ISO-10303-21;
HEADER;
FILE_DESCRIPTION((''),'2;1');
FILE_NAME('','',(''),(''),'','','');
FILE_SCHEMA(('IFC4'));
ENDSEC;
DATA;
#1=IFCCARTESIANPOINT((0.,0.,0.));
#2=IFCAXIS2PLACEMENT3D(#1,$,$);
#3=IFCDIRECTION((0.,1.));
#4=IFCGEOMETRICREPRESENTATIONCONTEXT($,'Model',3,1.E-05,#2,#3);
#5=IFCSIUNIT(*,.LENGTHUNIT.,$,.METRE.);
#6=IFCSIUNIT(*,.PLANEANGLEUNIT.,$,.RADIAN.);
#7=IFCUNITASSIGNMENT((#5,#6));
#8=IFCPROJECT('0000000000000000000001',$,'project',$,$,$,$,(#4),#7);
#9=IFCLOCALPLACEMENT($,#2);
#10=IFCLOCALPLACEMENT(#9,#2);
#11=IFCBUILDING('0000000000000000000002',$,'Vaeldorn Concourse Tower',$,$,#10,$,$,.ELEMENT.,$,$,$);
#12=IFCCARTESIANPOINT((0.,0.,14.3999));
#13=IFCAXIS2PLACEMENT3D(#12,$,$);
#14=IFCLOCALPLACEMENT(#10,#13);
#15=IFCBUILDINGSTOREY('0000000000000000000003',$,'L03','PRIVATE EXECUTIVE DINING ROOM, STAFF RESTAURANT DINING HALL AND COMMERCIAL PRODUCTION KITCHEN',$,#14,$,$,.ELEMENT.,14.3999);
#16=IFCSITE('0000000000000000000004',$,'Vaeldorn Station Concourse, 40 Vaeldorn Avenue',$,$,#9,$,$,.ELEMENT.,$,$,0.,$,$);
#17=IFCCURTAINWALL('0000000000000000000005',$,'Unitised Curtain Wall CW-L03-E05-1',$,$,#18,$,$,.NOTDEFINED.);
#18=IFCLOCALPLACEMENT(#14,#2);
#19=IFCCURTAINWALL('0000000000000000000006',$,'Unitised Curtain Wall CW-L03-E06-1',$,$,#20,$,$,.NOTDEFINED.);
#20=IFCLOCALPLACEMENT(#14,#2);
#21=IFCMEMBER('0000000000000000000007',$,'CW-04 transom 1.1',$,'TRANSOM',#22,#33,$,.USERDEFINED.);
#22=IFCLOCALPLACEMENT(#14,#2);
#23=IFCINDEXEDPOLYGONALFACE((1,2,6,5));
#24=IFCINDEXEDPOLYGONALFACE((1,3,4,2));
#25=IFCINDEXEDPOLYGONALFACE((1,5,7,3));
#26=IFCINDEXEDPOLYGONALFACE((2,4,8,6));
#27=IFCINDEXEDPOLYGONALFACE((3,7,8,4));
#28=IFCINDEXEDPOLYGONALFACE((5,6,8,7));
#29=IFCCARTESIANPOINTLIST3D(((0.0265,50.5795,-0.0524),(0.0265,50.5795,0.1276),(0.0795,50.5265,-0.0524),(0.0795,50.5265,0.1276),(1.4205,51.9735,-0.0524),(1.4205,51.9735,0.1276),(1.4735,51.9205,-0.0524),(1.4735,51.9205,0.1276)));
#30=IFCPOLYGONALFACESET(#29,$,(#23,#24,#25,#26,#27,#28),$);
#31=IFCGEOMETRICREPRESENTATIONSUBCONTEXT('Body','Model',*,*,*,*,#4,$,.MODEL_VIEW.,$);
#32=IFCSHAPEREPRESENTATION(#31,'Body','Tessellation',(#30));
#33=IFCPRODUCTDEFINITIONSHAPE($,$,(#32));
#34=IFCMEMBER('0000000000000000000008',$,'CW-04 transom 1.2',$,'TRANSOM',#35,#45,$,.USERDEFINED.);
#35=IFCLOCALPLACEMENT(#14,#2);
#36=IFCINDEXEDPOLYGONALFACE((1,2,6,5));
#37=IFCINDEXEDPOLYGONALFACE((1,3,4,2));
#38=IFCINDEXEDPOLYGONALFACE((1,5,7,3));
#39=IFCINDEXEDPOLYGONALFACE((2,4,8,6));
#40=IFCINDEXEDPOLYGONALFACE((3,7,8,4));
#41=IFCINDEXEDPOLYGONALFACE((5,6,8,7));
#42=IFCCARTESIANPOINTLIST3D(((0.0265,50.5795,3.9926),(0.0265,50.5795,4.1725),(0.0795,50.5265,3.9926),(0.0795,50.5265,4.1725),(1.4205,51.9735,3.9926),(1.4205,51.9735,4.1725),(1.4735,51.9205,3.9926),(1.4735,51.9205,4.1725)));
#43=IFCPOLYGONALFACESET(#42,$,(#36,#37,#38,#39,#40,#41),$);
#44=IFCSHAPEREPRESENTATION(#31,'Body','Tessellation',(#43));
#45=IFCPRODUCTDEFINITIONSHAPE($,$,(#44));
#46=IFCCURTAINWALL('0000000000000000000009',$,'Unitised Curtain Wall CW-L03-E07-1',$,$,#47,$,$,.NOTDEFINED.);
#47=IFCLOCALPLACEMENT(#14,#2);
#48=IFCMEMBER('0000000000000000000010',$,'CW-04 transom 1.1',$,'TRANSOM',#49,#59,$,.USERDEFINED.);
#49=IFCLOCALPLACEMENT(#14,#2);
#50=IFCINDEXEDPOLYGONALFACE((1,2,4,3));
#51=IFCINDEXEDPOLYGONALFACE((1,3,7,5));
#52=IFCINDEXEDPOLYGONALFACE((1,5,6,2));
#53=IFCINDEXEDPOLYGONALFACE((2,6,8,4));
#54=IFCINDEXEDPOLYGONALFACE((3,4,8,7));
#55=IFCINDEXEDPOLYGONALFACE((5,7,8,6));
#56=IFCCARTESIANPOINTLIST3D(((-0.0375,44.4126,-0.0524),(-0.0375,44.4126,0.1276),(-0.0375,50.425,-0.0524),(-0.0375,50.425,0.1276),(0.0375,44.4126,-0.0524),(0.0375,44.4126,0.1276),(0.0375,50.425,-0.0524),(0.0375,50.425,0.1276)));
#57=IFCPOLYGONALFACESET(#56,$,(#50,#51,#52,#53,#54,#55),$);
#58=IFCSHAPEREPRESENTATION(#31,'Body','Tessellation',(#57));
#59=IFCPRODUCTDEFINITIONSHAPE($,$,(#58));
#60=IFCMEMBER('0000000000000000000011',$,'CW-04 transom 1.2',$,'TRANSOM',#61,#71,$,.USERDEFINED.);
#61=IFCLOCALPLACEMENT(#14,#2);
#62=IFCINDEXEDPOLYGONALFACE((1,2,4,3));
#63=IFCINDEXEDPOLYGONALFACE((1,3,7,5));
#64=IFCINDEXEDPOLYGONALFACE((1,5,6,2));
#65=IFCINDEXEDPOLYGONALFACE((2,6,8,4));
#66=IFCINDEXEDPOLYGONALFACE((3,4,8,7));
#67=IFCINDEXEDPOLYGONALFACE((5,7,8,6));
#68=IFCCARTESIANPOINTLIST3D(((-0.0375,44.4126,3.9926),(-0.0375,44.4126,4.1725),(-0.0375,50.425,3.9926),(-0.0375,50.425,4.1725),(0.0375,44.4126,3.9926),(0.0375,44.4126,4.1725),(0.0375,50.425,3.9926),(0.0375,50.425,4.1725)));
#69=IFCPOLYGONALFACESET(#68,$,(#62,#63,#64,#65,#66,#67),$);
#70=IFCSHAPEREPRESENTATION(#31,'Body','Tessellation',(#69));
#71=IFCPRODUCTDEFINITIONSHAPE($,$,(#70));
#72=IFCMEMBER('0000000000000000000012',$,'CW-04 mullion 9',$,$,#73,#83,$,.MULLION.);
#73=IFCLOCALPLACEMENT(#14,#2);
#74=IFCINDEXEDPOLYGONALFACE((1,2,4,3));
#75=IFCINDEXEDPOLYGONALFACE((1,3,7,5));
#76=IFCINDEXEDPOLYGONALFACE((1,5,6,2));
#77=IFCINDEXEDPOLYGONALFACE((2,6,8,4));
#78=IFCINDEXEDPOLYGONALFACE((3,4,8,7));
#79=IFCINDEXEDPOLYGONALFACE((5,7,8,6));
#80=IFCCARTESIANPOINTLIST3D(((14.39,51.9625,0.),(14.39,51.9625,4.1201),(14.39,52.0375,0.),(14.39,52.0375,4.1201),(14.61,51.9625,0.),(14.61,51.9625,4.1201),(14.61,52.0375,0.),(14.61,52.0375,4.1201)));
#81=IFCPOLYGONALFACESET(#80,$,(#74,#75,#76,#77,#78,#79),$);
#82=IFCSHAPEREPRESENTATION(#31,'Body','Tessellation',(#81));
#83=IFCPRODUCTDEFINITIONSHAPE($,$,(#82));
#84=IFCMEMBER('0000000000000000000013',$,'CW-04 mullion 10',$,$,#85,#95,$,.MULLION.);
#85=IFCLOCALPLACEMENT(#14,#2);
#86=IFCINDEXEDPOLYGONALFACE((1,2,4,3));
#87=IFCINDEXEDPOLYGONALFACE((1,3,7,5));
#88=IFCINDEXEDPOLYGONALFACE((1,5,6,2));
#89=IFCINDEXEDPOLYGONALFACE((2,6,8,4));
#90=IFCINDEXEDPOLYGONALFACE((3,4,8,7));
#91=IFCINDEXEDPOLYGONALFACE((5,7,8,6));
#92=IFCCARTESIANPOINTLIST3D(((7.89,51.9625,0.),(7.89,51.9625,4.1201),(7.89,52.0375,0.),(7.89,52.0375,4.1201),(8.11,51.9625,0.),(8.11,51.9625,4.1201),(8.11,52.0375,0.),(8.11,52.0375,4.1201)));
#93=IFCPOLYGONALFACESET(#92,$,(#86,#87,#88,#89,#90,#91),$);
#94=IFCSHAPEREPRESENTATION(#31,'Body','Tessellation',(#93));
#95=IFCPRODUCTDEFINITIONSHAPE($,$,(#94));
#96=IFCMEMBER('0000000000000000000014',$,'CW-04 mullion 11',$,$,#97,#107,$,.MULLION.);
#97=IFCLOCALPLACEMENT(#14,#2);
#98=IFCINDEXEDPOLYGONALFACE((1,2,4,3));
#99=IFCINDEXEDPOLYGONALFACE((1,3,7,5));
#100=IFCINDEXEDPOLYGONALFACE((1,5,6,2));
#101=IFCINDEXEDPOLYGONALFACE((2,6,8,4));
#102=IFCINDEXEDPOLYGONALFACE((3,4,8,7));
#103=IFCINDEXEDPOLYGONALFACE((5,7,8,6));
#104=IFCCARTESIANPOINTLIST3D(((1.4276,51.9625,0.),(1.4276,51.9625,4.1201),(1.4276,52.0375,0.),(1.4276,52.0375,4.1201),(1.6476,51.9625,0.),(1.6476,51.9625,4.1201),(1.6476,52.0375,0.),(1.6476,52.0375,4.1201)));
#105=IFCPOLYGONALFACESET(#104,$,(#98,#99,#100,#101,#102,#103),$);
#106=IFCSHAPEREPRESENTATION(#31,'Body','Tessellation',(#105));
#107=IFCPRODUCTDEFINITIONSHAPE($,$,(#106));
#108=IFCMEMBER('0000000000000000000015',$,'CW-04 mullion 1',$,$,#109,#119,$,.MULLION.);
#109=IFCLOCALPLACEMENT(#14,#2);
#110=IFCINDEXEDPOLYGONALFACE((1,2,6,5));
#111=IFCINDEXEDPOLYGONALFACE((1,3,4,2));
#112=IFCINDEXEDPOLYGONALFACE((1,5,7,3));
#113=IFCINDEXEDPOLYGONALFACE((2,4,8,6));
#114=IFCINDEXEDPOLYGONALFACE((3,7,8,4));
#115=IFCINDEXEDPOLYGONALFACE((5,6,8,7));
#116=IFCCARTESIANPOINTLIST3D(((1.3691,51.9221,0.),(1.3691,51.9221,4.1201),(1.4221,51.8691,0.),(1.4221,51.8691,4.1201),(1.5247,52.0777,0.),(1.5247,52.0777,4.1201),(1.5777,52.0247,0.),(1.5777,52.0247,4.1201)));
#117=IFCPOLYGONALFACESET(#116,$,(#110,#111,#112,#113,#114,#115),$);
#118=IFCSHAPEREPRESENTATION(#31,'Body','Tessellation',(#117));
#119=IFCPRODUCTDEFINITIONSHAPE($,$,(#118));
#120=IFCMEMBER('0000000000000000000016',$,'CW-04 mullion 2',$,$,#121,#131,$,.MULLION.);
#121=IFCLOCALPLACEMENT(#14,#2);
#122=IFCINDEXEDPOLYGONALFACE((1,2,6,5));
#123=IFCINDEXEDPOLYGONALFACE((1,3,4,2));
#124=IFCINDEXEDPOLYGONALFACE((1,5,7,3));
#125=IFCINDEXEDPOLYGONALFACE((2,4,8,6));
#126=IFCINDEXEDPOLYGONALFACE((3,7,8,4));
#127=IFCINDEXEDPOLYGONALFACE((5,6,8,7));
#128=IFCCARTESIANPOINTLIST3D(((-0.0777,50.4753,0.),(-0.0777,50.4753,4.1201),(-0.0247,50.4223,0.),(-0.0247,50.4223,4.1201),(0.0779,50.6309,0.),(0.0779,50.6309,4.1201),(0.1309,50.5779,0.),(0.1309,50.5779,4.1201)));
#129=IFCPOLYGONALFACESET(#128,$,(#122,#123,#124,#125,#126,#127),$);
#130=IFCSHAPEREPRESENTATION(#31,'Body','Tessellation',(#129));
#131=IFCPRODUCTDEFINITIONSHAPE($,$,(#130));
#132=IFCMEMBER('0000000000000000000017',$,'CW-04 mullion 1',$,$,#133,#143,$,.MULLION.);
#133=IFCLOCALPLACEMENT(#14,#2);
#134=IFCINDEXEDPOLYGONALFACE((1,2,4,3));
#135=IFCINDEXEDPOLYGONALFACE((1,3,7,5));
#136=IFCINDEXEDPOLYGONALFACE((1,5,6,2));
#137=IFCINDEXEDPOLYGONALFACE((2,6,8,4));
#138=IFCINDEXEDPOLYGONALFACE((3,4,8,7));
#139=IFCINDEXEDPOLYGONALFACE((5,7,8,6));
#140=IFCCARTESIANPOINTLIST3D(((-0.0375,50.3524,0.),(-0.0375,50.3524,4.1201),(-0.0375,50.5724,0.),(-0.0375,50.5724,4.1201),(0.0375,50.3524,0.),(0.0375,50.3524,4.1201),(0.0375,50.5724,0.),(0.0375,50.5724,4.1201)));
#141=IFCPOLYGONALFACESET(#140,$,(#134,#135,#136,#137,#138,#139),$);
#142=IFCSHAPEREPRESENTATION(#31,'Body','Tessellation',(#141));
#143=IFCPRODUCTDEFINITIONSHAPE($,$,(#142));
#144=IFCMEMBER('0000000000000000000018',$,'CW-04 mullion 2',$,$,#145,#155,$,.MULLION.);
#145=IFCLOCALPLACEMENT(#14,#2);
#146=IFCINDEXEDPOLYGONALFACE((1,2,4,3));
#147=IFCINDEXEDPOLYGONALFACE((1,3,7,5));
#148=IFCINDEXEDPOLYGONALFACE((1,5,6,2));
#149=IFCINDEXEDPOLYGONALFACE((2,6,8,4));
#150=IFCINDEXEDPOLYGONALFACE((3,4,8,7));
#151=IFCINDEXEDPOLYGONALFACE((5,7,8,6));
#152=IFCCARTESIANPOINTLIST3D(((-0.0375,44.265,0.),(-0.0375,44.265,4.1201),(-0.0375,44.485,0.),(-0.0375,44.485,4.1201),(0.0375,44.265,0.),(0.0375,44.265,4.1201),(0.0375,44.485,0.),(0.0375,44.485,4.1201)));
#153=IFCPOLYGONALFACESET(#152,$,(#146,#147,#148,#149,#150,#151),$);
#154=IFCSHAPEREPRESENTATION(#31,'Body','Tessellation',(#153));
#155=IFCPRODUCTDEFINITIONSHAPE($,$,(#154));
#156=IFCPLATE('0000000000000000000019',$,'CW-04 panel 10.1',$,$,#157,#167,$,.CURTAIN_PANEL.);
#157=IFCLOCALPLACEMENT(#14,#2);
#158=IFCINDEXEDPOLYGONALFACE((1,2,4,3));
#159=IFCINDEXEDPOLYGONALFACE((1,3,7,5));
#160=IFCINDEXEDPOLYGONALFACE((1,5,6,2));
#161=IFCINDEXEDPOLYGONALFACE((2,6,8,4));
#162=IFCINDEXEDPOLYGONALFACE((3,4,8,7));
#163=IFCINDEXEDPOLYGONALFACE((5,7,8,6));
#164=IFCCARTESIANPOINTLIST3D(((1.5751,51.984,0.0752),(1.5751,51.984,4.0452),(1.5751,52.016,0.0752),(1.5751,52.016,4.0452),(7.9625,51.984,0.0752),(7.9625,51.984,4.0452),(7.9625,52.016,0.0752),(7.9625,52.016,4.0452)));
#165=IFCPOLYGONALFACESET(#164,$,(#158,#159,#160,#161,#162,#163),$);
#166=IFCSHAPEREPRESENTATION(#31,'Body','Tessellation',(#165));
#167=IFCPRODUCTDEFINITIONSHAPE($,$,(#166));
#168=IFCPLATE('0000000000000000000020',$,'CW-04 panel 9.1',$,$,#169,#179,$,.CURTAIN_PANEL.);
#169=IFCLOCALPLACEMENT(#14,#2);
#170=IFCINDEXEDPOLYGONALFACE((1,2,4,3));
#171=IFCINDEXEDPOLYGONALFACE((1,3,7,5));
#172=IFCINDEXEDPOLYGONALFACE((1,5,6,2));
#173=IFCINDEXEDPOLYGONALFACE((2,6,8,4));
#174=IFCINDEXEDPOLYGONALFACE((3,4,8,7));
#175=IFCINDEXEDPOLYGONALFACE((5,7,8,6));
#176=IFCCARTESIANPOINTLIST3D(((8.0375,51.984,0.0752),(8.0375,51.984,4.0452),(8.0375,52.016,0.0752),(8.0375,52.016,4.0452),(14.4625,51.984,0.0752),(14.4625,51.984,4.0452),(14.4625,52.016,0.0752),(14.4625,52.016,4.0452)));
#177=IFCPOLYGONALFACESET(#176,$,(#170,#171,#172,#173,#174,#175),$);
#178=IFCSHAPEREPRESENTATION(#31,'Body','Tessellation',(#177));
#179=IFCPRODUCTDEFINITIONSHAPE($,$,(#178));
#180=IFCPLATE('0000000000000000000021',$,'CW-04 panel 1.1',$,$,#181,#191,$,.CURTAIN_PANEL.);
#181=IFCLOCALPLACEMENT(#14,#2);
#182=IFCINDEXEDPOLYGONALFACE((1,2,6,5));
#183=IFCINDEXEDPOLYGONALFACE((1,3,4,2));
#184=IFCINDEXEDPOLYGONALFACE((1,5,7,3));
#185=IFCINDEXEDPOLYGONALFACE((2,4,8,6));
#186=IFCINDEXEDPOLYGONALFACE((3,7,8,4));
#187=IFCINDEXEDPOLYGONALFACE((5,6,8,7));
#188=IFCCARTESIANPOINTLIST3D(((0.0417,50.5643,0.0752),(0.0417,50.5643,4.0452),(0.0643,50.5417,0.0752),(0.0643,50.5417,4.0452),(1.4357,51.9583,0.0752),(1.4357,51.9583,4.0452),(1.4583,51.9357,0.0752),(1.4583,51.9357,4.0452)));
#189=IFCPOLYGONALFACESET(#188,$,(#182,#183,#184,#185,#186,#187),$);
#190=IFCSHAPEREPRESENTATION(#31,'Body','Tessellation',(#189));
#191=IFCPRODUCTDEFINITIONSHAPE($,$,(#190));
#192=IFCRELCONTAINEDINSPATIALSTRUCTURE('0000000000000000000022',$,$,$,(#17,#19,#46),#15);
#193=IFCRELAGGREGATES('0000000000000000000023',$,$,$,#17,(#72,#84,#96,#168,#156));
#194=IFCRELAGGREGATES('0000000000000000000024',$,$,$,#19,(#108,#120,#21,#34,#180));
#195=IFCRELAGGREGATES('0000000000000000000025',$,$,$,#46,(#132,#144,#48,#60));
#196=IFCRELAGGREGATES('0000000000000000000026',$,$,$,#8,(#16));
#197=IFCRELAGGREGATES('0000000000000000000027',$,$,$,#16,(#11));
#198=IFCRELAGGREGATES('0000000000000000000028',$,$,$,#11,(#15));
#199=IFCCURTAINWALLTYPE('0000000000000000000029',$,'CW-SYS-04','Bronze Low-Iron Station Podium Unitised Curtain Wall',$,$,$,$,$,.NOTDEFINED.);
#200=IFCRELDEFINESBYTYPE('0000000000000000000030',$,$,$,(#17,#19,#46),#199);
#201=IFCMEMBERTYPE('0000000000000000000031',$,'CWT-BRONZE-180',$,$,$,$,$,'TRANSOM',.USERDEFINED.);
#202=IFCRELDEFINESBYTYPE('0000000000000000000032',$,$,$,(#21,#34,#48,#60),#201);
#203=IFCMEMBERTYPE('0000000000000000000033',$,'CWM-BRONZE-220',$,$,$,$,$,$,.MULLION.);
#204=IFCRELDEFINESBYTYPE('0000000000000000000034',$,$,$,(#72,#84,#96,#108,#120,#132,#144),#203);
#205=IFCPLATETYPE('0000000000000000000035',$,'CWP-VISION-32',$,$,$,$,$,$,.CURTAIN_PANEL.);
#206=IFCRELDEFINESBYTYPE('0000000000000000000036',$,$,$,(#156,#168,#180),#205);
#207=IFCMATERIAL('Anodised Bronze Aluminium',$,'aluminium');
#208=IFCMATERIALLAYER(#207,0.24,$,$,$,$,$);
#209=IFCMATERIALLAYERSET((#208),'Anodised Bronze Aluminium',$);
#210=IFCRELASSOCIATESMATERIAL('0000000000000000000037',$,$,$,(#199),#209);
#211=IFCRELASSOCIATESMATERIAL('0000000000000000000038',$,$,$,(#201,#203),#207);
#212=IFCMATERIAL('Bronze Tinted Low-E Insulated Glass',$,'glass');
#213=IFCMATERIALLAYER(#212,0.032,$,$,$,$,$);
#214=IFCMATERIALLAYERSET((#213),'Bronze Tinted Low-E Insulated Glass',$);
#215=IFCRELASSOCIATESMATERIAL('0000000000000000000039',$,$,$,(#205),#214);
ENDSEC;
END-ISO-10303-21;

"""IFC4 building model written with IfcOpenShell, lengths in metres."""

from ifc_helpers import new_model, si_unit, direction, frame, origin, origin_2d, place, context, subcontext, project, spatial, rectangle, extrude, source, transform, mapped, material, layer, layer_set, material_profile, profile_set, type_object, element, aggregate, save


model = new_model("IFC4")

# Units and contexts
model_context = context("Model", 3, precision=1e-05, world=origin(), true_north=direction((0.0, 1.0)))
body_context = subcontext(model_context, "Body", "Model", "MODEL_VIEW")
ifc_project = project(units=[si_unit("LENGTHUNIT", "METRE"), si_unit("PLANEANGLEUNIT", "RADIAN")], contexts=[model_context])

# Site, building, storey
site_placement = place(None, origin())
site = spatial("IfcSite", under=ifc_project, at=site_placement, Name="Vaeldorn Station Concourse, 40 Vaeldorn Avenue", CompositionType="ELEMENT", RefElevation=0.0)
building_placement = place(site_placement, origin())
building = spatial("IfcBuilding", under=site, at=building_placement, Name="Vaeldorn Concourse Tower", CompositionType="ELEMENT")
storey_placement = place(building_placement, frame((0.0, 0.0, 14.3999)))
storey = spatial("IfcBuildingStorey", under=building, at=storey_placement, Name="L03", Description="PRIVATE EXECUTIVE DINING ROOM, STAFF RESTAURANT DINING HALL AND COMMERCIAL PRODUCTION KITCHEN", CompositionType="ELEMENT", Elevation=14.3999)

# Curtain walls, members
ifc_material_1 = material(Name="Anodised Bronze Aluminium", Category="aluminium")
ifc_layer_1 = layer(ifc_material_1, 0.24)
ifc_layer_set_1 = layer_set([ifc_layer_1], Name="Anodised Bronze Aluminium")
curtain_wall_type = type_object("IfcCurtainWallType", Name="CW-SYS-04", Description="Bronze Low-Iron Station Podium Unitised Curtain Wall", PredefinedType="NOTDEFINED", material=ifc_layer_set_1)
curtain_wall_1_placement = place(storey_placement, origin())
curtain_wall_1 = element("IfcCurtainWall", 1, at=curtain_wall_1_placement, inside=storey, type_object=curtain_wall_type, Name="Unitised Curtain Wall CW-L03-E05-1", PredefinedType="NOTDEFINED")
ifc_material_profile_1 = material_profile(ifc_material_1, rectangle(XDim=0.075, YDim=0.1799, at=origin_2d()), Name="CWT 75x180")
ifc_profile_set_1 = profile_set([ifc_material_profile_1], Name="Anodised Bronze Aluminium")
member_type_1 = type_object("IfcMemberType", Name="CWT-BRONZE-180", ElementType="TRANSOM", PredefinedType="USERDEFINED", material=ifc_profile_set_1)
curtain_wall_2_placement = place(storey_placement, origin())
curtain_wall_2 = element("IfcCurtainWall", 2, at=curtain_wall_2_placement, inside=storey, type_object=curtain_wall_type, Name="Unitised Curtain Wall CW-L03-E06-1", PredefinedType="NOTDEFINED")
shared_shape_1 = source(origin(), body_context, "Body", "SweptSolid", [
    extrude(rectangle(XDim=0.075, YDim=0.1799, at=origin_2d()), origin(), (0.0, 0.0, 1.0), 1.9714),
])
member_1_placement = place(storey_placement, frame((1.447, 51.947, 0.0376), z_axis=(-0.707107, -0.707107, 0.0), x_axis=(0.707107, -0.707107, 0.0)))
member_1 = element("IfcMember", 3, at=member_1_placement, type_object=member_type_1, Name="CW-04 transom 1.1", ObjectType="TRANSOM", PredefinedType="USERDEFINED", context=body_context, shape_type="MappedRepresentation", body=[
    mapped(shared_shape_1, transform((0.0, 0.0, 0.0), scale=1.0)),
])
member_2_placement = place(storey_placement, frame((1.447, 51.947, 4.0825), z_axis=(-0.707107, -0.707107, 0.0), x_axis=(0.707107, -0.707107, 0.0)))
member_2 = element("IfcMember", 4, at=member_2_placement, type_object=member_type_1, Name="CW-04 transom 1.2", ObjectType="TRANSOM", PredefinedType="USERDEFINED", context=body_context, shape_type="MappedRepresentation", body=[
    mapped(shared_shape_1, transform((0.0, 0.0, 0.0), scale=1.0)),
])
curtain_wall_3_placement = place(storey_placement, origin())
curtain_wall_3 = element("IfcCurtainWall", 5, at=curtain_wall_3_placement, inside=storey, type_object=curtain_wall_type, Name="Unitised Curtain Wall CW-L03-E07-1", PredefinedType="NOTDEFINED")
shared_shape_2 = source(origin(), body_context, "Body", "SweptSolid", [
    extrude(rectangle(XDim=0.075, YDim=0.1799, at=origin_2d()), origin(), (0.0, 0.0, 1.0), 6.0125),
])
member_3_placement = place(storey_placement, frame((0.0, 50.425, 0.0376), z_axis=(0.0, -1.0, 0.0), x_axis=(1.0, 0.0, 0.0)))
member_3 = element("IfcMember", 6, at=member_3_placement, type_object=member_type_1, Name="CW-04 transom 1.1", ObjectType="TRANSOM", PredefinedType="USERDEFINED", context=body_context, shape_type="MappedRepresentation", body=[
    mapped(shared_shape_2, transform((0.0, 0.0, 0.0), scale=1.0)),
])
member_4_placement = place(storey_placement, frame((0.0, 50.425, 4.0825), z_axis=(0.0, -1.0, 0.0), x_axis=(1.0, 0.0, 0.0)))
member_4 = element("IfcMember", 7, at=member_4_placement, type_object=member_type_1, Name="CW-04 transom 1.2", ObjectType="TRANSOM", PredefinedType="USERDEFINED", context=body_context, shape_type="MappedRepresentation", body=[
    mapped(shared_shape_2, transform((0.0, 0.0, 0.0), scale=1.0)),
])

# Members
ifc_material_profile_2 = material_profile(ifc_material_1, rectangle(XDim=0.075, YDim=0.22, at=origin_2d()), Name="CWM 75x220")
ifc_profile_set_2 = profile_set([ifc_material_profile_2], Name="Anodised Bronze Aluminium")
member_type_2 = type_object("IfcMemberType", Name="CWM-BRONZE-220", PredefinedType="MULLION", material=ifc_profile_set_2)
shared_shape_3 = source(origin(), body_context, "Body", "SweptSolid", [
    extrude(rectangle(XDim=0.075, YDim=0.22, at=origin_2d()), origin(), (0.0, 0.0, 1.0), 4.1201),
])
member_5_placement = place(storey_placement, frame((14.5, 52.0, 0.0), z_axis=(0.0, 0.0, 1.0), x_axis=(0.0, -1.0, 0.0)))
member_5 = element("IfcMember", 8, at=member_5_placement, type_object=member_type_2, Name="CW-04 mullion 9", PredefinedType="MULLION", context=body_context, shape_type="MappedRepresentation", body=[
    mapped(shared_shape_3, transform((0.0, 0.0, 0.0), scale=1.0)),
])
member_6_placement = place(storey_placement, frame((8.0, 52.0, 0.0), z_axis=(0.0, 0.0, 1.0), x_axis=(0.0, -1.0, 0.0)))
member_6 = element("IfcMember", 9, at=member_6_placement, type_object=member_type_2, Name="CW-04 mullion 10", PredefinedType="MULLION", context=body_context, shape_type="MappedRepresentation", body=[
    mapped(shared_shape_3, transform((0.0, 0.0, 0.0), scale=1.0)),
])
member_7_placement = place(storey_placement, frame((1.5376, 52.0, 0.0), z_axis=(0.0, 0.0, 1.0), x_axis=(0.0, -1.0, 0.0)))
member_7 = element("IfcMember", 10, at=member_7_placement, type_object=member_type_2, Name="CW-04 mullion 11", PredefinedType="MULLION", context=body_context, shape_type="MappedRepresentation", body=[
    mapped(shared_shape_3, transform((0.0, 0.0, 0.0), scale=1.0)),
])
member_8_placement = place(storey_placement, frame((1.4734, 51.9734, 0.0), z_axis=(0.0, 0.0, 1.0), x_axis=(0.707107, -0.707107, 0.0)))
member_8 = element("IfcMember", 11, at=member_8_placement, type_object=member_type_2, Name="CW-04 mullion 1", PredefinedType="MULLION", context=body_context, shape_type="MappedRepresentation", body=[
    mapped(shared_shape_3, transform((0.0, 0.0, 0.0), scale=1.0)),
])
member_9_placement = place(storey_placement, frame((0.0266, 50.5266, 0.0), z_axis=(0.0, 0.0, 1.0), x_axis=(0.707107, -0.707107, 0.0)))
member_9 = element("IfcMember", 12, at=member_9_placement, type_object=member_type_2, Name="CW-04 mullion 2", PredefinedType="MULLION", context=body_context, shape_type="MappedRepresentation", body=[
    mapped(shared_shape_3, transform((0.0, 0.0, 0.0), scale=1.0)),
])
member_10_placement = place(storey_placement, frame((0.0, 50.4624, 0.0), z_axis=(0.0, 0.0, 1.0), x_axis=(1.0, 0.0, 0.0)))
member_10 = element("IfcMember", 13, at=member_10_placement, type_object=member_type_2, Name="CW-04 mullion 1", PredefinedType="MULLION", context=body_context, shape_type="MappedRepresentation", body=[
    mapped(shared_shape_3, transform((0.0, 0.0, 0.0), scale=1.0)),
])
member_11_placement = place(storey_placement, frame((0.0, 44.375, 0.0), z_axis=(0.0, 0.0, 1.0), x_axis=(1.0, 0.0, 0.0)))
member_11 = element("IfcMember", 14, at=member_11_placement, type_object=member_type_2, Name="CW-04 mullion 2", PredefinedType="MULLION", context=body_context, shape_type="MappedRepresentation", body=[
    mapped(shared_shape_3, transform((0.0, 0.0, 0.0), scale=1.0)),
])

# Plates
ifc_material_2 = material(Name="Bronze Tinted Low-E Insulated Glass", Category="glass")
ifc_layer_2 = layer(ifc_material_2, 0.032)
ifc_layer_set_2 = layer_set([ifc_layer_2], Name="Bronze Tinted Low-E Insulated Glass")
plate_type = type_object("IfcPlateType", Name="CWP-VISION-32", PredefinedType="CURTAIN_PANEL", material=ifc_layer_set_2)
shared_shape_4 = source(origin(), body_context, "Body", "SweptSolid", [
    extrude(rectangle(XDim=6.3875, YDim=0.032, at=origin_2d()), origin(), (0.0, 0.0, 1.0), 3.97),
])
plate_1_placement = place(storey_placement, frame((4.7688, 52.0, 0.0752), z_axis=(0.0, 0.0, 1.0), x_axis=(-1.0, 0.0, 0.0)))
plate_1 = element("IfcPlate", 15, at=plate_1_placement, type_object=plate_type, Name="CW-04 panel 10.1", PredefinedType="CURTAIN_PANEL", context=body_context, shape_type="MappedRepresentation", body=[
    mapped(shared_shape_4, transform((0.0, 0.0, 0.0), scale=1.0)),
])
shared_shape_5 = source(origin(), body_context, "Body", "SweptSolid", [
    extrude(rectangle(XDim=6.425, YDim=0.032, at=origin_2d()), origin(), (0.0, 0.0, 1.0), 3.97),
])
plate_2_placement = place(storey_placement, frame((11.25, 52.0, 0.0752), z_axis=(0.0, 0.0, 1.0), x_axis=(-1.0, 0.0, 0.0)))
plate_2 = element("IfcPlate", 16, at=plate_2_placement, type_object=plate_type, Name="CW-04 panel 9.1", PredefinedType="CURTAIN_PANEL", context=body_context, shape_type="MappedRepresentation", body=[
    mapped(shared_shape_5, transform((0.0, 0.0, 0.0), scale=1.0)),
])
aggregate(curtain_wall_1, [member_5, member_6, member_7, plate_2, plate_1])
shared_shape_6 = source(origin(), body_context, "Body", "SweptSolid", [
    extrude(rectangle(XDim=1.9714, YDim=0.032, at=origin_2d()), origin(), (0.0, 0.0, 1.0), 3.97),
])
plate_3_placement = place(storey_placement, frame((0.75, 51.25, 0.0752), z_axis=(0.0, 0.0, 1.0), x_axis=(-0.707107, -0.707107, 0.0)))
plate_3 = element("IfcPlate", 17, at=plate_3_placement, type_object=plate_type, Name="CW-04 panel 1.1", PredefinedType="CURTAIN_PANEL", context=body_context, shape_type="MappedRepresentation", body=[
    mapped(shared_shape_6, transform((0.0, 0.0, 0.0), scale=1.0)),
])
aggregate(curtain_wall_2, [member_8, member_9, member_1, member_2, plate_3])
aggregate(curtain_wall_3, [member_10, member_11, member_3, member_4])

save(model, "model.ifc")
